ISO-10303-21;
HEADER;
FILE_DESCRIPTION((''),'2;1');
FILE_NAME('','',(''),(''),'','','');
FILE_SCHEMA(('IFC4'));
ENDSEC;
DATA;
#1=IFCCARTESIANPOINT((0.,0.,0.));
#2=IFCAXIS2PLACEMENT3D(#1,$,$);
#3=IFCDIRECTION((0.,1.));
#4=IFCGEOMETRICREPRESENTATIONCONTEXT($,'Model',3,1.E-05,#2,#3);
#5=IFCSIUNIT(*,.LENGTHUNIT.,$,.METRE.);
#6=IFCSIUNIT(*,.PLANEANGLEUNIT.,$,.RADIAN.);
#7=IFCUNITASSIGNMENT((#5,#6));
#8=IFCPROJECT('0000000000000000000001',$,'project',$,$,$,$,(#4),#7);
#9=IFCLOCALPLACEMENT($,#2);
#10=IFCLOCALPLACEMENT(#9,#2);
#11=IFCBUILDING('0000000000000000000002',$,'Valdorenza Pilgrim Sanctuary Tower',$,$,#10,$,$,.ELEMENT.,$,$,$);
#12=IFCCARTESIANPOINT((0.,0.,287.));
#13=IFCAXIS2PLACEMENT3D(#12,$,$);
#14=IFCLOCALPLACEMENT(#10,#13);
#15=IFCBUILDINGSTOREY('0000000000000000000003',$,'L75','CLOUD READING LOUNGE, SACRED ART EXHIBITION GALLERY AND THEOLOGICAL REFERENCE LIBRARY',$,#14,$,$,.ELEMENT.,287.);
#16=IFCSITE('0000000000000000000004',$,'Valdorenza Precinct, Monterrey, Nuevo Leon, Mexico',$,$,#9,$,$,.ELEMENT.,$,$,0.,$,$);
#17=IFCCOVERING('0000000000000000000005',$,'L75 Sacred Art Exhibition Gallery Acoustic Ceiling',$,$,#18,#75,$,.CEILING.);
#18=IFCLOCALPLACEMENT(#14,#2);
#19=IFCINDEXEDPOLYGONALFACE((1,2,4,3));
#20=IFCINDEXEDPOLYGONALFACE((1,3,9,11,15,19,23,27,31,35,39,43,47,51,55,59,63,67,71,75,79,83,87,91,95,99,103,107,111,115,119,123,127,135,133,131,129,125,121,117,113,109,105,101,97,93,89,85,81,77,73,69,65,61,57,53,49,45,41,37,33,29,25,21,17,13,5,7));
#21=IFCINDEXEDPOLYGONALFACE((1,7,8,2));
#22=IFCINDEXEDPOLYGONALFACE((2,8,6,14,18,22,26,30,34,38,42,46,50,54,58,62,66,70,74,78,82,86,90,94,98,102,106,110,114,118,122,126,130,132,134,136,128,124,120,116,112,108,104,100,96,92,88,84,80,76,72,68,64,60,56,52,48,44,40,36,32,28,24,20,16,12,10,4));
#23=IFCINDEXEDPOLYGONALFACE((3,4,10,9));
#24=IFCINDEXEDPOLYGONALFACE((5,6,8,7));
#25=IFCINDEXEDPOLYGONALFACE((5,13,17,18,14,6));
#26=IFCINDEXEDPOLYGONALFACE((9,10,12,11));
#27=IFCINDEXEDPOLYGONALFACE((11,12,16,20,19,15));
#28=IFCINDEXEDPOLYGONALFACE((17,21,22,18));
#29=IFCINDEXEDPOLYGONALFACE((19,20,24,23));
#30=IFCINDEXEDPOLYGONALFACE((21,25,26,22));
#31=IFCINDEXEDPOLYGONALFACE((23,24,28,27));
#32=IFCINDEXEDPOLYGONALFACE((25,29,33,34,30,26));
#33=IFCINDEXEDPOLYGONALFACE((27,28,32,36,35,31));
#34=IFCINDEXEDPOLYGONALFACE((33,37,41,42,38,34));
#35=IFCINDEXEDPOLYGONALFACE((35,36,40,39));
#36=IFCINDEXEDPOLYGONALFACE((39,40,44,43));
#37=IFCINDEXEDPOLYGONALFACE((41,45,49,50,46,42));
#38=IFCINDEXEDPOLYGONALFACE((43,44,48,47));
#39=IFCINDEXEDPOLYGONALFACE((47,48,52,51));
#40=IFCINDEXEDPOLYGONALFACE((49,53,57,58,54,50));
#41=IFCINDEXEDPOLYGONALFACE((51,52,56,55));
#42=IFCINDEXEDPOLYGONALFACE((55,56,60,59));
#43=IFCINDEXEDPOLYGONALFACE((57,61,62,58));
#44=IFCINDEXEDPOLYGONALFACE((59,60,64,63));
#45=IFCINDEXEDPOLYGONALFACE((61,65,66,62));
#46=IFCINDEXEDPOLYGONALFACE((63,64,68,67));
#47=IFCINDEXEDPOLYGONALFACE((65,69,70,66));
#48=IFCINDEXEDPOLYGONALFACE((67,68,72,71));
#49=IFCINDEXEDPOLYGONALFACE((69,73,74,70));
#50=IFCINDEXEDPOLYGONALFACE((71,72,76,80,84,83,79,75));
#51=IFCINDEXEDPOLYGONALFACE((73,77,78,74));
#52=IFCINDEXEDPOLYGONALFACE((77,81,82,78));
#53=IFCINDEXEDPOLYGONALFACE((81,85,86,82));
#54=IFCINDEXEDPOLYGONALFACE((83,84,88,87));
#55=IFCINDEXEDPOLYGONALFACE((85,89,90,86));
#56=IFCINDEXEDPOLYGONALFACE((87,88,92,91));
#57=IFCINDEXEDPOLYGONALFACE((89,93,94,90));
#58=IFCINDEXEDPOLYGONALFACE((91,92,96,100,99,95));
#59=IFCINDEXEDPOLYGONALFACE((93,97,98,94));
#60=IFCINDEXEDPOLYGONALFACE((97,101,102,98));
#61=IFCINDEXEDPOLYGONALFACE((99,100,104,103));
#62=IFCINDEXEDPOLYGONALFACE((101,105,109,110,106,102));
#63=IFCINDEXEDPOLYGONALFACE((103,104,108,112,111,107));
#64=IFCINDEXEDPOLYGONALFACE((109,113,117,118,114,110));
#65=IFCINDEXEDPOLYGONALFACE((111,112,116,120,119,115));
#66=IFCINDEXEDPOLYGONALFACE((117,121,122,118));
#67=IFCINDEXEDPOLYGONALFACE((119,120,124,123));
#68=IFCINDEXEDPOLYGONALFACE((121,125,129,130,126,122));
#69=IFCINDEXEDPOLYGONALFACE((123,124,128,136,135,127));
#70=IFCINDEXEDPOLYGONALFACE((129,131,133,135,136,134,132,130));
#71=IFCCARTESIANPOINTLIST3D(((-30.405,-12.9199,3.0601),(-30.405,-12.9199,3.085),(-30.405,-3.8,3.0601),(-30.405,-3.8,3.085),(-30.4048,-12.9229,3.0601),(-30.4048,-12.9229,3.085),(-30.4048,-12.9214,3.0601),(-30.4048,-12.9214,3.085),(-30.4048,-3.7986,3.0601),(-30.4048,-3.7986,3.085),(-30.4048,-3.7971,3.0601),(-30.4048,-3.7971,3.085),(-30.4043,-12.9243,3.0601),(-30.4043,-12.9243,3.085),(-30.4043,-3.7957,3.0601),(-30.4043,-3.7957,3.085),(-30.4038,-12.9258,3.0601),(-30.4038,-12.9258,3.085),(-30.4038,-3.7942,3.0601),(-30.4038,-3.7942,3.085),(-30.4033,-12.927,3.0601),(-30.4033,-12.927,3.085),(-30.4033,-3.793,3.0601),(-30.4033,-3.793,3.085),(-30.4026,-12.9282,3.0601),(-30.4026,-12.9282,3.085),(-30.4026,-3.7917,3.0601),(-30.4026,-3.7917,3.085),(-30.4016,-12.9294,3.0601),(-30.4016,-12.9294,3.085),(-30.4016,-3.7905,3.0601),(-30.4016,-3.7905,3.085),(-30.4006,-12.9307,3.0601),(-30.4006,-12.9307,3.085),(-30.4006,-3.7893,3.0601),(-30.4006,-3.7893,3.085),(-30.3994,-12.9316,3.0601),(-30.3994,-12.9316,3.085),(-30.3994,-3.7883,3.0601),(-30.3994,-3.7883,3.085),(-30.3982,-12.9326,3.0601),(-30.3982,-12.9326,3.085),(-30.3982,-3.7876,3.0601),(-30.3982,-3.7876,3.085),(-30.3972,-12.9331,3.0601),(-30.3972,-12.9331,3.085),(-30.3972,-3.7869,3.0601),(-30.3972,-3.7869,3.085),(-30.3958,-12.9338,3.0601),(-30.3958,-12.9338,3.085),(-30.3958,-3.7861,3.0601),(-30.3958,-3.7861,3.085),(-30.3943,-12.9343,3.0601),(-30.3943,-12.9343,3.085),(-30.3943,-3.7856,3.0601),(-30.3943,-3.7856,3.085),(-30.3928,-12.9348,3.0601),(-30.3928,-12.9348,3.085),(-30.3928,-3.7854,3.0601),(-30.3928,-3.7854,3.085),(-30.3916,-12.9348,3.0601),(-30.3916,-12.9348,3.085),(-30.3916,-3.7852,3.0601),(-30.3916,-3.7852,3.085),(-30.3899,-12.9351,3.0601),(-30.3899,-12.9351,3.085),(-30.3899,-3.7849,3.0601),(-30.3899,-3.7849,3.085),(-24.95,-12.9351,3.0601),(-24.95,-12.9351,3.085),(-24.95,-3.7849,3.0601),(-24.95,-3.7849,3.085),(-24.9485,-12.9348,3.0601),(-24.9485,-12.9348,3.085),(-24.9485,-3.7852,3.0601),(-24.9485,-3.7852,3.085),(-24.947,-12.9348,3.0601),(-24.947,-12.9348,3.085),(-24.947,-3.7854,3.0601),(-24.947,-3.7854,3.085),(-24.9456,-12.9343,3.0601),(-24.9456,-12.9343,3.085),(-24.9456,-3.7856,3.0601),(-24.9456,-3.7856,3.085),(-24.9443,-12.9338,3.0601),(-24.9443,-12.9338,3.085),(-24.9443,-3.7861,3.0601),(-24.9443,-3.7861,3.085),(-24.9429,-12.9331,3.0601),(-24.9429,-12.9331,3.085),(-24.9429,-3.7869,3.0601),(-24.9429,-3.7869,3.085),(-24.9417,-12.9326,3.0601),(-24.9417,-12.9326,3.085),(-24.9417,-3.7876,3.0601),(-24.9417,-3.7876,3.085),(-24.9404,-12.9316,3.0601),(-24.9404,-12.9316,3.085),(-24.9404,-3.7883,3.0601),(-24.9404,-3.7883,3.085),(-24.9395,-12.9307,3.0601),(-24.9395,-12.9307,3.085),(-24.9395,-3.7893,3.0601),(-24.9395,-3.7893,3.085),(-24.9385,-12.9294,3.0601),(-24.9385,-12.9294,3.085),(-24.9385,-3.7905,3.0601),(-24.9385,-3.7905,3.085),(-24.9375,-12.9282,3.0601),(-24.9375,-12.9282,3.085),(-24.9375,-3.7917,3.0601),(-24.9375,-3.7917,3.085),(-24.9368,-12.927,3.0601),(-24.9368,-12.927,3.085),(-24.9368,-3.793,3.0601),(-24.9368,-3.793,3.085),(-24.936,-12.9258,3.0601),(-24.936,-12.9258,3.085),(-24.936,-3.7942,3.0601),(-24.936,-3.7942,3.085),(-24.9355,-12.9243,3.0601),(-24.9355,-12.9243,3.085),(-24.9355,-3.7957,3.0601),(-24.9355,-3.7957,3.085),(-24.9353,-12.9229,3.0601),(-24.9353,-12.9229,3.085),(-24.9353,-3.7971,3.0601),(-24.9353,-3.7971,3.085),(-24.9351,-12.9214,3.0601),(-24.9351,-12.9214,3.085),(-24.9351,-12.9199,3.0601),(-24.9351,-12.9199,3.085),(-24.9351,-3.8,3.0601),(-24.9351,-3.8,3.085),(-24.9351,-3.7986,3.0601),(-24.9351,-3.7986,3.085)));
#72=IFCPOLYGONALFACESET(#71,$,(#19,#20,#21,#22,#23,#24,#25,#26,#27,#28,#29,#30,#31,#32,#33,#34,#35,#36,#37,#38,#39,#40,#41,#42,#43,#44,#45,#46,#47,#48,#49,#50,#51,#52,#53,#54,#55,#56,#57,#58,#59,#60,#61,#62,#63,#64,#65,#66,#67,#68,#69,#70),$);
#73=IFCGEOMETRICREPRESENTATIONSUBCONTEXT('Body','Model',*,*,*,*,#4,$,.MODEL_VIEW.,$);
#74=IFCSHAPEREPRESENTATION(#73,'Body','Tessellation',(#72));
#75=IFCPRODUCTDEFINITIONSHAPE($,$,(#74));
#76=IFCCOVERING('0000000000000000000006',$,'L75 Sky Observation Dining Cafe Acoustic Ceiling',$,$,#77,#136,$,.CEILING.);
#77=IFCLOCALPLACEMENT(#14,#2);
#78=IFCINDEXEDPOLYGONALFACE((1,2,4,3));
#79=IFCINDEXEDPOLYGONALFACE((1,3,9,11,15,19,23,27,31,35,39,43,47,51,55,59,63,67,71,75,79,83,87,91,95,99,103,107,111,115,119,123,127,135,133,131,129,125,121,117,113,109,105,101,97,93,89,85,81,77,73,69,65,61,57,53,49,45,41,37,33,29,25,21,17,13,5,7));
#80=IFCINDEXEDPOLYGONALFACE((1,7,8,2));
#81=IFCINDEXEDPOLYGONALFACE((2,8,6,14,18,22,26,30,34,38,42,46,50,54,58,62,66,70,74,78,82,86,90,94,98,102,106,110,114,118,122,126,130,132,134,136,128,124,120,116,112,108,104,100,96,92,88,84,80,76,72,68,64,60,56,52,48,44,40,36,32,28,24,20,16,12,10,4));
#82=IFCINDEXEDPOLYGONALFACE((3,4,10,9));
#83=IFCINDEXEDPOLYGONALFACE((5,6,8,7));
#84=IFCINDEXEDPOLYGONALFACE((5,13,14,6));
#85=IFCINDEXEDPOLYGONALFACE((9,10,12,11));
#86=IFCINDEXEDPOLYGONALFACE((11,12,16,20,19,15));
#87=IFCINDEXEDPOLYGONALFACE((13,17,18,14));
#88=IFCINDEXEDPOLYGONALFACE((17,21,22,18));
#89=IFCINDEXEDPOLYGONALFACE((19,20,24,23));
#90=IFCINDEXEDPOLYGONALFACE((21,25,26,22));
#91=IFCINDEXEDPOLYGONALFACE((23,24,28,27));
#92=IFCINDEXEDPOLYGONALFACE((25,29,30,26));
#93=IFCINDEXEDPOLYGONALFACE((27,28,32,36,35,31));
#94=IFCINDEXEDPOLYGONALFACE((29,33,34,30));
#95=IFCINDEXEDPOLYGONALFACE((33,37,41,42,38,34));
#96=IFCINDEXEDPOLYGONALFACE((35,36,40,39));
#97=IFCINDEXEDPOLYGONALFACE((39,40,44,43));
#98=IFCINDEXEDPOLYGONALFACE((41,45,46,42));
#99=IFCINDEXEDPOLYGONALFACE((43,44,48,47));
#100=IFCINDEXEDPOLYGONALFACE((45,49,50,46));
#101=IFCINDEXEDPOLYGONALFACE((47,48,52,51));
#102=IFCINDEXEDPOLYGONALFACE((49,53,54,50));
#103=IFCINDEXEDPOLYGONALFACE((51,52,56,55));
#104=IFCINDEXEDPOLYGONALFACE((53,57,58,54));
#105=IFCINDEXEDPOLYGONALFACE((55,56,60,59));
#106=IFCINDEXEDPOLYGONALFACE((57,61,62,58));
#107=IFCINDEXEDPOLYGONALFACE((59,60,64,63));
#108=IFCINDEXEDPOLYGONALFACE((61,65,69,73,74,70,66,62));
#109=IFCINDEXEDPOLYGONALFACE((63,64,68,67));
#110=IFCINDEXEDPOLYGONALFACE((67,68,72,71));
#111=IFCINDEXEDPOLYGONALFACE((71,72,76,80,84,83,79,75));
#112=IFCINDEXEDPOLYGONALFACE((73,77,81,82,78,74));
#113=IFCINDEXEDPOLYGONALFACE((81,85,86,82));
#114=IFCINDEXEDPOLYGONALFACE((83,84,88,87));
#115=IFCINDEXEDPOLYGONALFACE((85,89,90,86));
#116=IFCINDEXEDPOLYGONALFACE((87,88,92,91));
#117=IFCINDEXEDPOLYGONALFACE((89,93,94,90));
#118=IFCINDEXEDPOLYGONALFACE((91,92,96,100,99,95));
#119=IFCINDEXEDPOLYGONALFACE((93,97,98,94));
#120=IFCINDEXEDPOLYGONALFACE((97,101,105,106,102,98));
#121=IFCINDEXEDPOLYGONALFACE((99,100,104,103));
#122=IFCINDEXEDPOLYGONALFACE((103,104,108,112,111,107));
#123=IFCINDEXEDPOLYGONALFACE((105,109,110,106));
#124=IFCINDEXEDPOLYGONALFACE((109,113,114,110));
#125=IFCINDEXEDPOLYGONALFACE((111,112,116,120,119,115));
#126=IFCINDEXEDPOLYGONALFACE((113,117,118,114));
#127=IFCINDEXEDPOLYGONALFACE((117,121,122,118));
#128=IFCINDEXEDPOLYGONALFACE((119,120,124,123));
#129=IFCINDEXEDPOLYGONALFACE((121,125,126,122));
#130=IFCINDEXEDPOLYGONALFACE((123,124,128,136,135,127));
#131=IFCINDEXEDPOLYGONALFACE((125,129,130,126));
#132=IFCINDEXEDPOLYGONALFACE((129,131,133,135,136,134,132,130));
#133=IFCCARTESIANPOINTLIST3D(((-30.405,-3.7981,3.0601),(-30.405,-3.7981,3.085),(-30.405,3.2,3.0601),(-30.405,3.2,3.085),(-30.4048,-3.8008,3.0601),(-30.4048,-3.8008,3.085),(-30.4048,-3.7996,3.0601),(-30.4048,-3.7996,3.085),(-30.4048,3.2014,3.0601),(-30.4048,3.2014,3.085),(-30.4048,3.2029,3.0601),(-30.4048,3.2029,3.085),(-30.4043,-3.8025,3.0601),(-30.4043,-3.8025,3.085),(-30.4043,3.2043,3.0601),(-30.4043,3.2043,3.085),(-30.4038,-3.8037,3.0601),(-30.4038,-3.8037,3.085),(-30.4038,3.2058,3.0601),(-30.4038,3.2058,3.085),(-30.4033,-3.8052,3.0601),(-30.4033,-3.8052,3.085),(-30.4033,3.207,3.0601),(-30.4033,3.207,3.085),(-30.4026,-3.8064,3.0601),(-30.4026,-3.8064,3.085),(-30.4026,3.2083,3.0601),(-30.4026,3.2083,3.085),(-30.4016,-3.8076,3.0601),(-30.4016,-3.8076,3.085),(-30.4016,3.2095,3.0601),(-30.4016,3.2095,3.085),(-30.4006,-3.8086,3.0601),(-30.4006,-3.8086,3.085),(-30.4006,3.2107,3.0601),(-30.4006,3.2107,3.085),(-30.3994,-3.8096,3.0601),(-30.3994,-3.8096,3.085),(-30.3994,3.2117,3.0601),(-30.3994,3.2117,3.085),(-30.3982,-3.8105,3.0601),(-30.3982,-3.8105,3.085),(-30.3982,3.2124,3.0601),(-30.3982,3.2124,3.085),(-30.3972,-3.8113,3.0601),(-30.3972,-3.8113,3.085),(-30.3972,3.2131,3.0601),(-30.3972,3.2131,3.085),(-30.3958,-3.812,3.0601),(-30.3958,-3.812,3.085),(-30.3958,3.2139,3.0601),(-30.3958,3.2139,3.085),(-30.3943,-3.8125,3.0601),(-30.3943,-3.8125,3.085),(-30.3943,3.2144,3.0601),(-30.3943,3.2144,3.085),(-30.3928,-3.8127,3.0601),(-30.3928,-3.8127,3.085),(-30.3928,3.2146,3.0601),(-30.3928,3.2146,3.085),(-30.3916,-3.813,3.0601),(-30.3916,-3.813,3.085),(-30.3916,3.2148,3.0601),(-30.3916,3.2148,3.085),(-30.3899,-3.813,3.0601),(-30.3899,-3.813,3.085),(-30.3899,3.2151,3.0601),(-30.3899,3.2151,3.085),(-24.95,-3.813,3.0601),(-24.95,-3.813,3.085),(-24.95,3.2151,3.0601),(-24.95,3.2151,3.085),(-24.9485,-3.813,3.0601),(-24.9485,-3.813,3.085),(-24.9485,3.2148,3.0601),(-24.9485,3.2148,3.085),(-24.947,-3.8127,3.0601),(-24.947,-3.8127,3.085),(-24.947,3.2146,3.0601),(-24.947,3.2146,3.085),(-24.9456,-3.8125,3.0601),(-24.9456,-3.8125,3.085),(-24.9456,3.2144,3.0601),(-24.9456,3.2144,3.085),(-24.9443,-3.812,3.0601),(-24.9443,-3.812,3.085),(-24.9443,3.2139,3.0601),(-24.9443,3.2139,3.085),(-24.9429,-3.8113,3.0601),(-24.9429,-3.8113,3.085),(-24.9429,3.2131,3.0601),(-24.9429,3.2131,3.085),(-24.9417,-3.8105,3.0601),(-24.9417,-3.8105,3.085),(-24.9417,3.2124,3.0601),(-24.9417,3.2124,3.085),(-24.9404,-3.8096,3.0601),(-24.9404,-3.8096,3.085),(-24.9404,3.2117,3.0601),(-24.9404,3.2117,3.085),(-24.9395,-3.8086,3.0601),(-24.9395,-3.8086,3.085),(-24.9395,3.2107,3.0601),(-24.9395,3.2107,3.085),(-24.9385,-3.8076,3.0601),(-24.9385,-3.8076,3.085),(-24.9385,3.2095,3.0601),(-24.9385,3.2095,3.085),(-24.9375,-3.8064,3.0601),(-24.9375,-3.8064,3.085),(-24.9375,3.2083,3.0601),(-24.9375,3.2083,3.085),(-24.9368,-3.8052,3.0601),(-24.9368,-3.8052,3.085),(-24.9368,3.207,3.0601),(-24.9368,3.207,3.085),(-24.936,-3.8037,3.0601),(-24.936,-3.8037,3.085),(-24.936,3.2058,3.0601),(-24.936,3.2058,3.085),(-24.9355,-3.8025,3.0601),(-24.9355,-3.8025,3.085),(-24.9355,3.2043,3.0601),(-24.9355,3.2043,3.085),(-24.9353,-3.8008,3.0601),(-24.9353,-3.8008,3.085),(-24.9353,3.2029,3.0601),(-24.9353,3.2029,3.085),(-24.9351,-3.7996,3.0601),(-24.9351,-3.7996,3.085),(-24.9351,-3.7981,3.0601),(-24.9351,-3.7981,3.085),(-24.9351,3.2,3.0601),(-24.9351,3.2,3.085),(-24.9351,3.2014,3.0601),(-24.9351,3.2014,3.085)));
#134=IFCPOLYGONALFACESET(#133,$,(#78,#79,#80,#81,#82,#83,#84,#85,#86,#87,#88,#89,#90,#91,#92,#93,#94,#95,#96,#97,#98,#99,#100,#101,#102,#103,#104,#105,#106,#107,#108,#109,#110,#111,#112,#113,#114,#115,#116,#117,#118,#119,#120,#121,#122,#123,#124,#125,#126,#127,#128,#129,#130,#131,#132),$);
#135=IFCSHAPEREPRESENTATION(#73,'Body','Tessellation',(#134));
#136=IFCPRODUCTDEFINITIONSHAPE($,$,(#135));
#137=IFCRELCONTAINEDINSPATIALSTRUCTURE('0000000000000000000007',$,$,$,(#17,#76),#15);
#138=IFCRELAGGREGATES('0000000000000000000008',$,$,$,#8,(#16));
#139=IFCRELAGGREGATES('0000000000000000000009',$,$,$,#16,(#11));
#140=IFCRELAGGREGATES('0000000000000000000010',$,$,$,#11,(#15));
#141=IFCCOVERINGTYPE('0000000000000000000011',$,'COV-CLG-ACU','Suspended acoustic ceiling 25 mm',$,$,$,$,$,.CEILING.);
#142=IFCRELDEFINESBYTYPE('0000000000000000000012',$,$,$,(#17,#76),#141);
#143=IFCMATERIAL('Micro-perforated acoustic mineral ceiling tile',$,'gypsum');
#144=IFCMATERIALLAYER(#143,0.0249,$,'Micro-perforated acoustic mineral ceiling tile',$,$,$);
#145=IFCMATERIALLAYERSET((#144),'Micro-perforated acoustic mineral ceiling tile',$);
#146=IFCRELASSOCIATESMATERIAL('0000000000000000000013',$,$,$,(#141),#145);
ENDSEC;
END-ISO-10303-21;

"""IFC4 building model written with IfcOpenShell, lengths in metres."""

from ifc_helpers import new_model, si_unit, direction, frame, origin, place, context, subcontext, project, spatial, polyline, outline, extrude, material, layer, layer_set, type_object, element, save


model = new_model("IFC4")

# Units and contexts
model_context = context("Model", 3, precision=1e-05, world=origin(), true_north=direction((0.0, 1.0)))
body_context = subcontext(model_context, "Body", "Model", "MODEL_VIEW")
ifc_project = project(units=[si_unit("LENGTHUNIT", "METRE"), si_unit("PLANEANGLEUNIT", "RADIAN")], contexts=[model_context])

# Site, building, storey
site_placement = place(None, origin())
site = spatial("IfcSite", under=ifc_project, at=site_placement, Name="Valdorenza Precinct, Monterrey, Nuevo Leon, Mexico", CompositionType="ELEMENT", RefElevation=0.0)
building_placement = place(site_placement, origin())
building = spatial("IfcBuilding", under=site, at=building_placement, Name="Valdorenza Pilgrim Sanctuary Tower", CompositionType="ELEMENT")
storey_placement = place(building_placement, frame((0.0, 0.0, 287.0)))
storey = spatial("IfcBuildingStorey", under=building, at=storey_placement, Name="L75", Description="CLOUD READING LOUNGE, SACRED ART EXHIBITION GALLERY AND THEOLOGICAL REFERENCE LIBRARY", CompositionType="ELEMENT", Elevation=287.0)

# Coverings
ifc_material_1 = material(Name="Micro-perforated acoustic mineral ceiling tile", Category="gypsum")
ifc_layer_1 = layer(ifc_material_1, 0.0249, Name="Micro-perforated acoustic mineral ceiling tile")
ifc_layer_set_1 = layer_set([ifc_layer_1], Name="Micro-perforated acoustic mineral ceiling tile")
covering_type_1 = type_object("IfcCoveringType", Name="COV-CLG-ACU", Description="Suspended acoustic ceiling 25 mm", PredefinedType="CEILING", material=ifc_layer_set_1)
covering_1_placement = place(storey_placement, frame((0.0, 0.0, 3.0601)))
element("IfcCovering", 1, at=covering_1_placement, inside=storey, type_object=covering_type_1, Name="L75 Sacred Art Exhibition Gallery Acoustic Ceiling", PredefinedType="CEILING", context=body_context, shape_type="SweptSolid", body=[
    extrude(outline(polyline([(-24.9351, -12.9199), (-24.9351, -12.9214), (-24.9353, -12.9229), (-24.9355, -12.9243), (-24.936, -12.9258), (-24.9368, -12.927), (-24.9375, -12.9282), (-24.9385, -12.9294), (-24.9395, -12.9307), (-24.9404, -12.9316), (-24.9417, -12.9326), (-24.9429, -12.9331), (-24.9443, -12.9338), (-24.9456, -12.9343), (-24.947, -12.9348), (-24.9485, -12.9348), (-24.95, -12.9351), (-30.3899, -12.9351), (-30.3916, -12.9348), (-30.3928, -12.9348), (-30.3943, -12.9343), (-30.3958, -12.9338), (-30.3972, -12.9331), (-30.3982, -12.9326), (-30.3994, -12.9316), (-30.4006, -12.9307), (-30.4016, -12.9294), (-30.4026, -12.9282), (-30.4033, -12.927), (-30.4038, -12.9258), (-30.4043, -12.9243), (-30.4048, -12.9229), (-30.4048, -12.9214), (-30.405, -12.9199), (-30.405, -3.8), (-30.4048, -3.7986), (-30.4048, -3.7971), (-30.4043, -3.7957), (-30.4038, -3.7942), (-30.4033, -3.793), (-30.4026, -3.7917), (-30.4016, -3.7905), (-30.4006, -3.7893), (-30.3994, -3.7883), (-30.3982, -3.7876), (-30.3972, -3.7869), (-30.3958, -3.7861), (-30.3943, -3.7856), (-30.3928, -3.7854), (-30.3916, -3.7852), (-30.3899, -3.7849), (-24.95, -3.7849), (-24.9485, -3.7852), (-24.947, -3.7854), (-24.9456, -3.7856), (-24.9443, -3.7861), (-24.9429, -3.7869), (-24.9417, -3.7876), (-24.9404, -3.7883), (-24.9395, -3.7893), (-24.9385, -3.7905), (-24.9375, -3.7917), (-24.9368, -3.793), (-24.936, -3.7942), (-24.9355, -3.7957), (-24.9353, -3.7971), (-24.9351, -3.7986), (-24.9351, -3.8), (-24.9351, -12.9199)])), origin(), (0.0, 0.0, 1.0), 0.0249),
])
covering_2_placement = place(storey_placement, frame((0.0, 0.0, 3.0601)))
element("IfcCovering", 2, at=covering_2_placement, inside=storey, type_object=covering_type_1, Name="L75 Sky Observation Dining Cafe Acoustic Ceiling", PredefinedType="CEILING", context=body_context, shape_type="SweptSolid", body=[
    extrude(outline(polyline([(-24.9351, -3.7981), (-24.9351, -3.7996), (-24.9353, -3.8008), (-24.9355, -3.8025), (-24.936, -3.8037), (-24.9368, -3.8052), (-24.9375, -3.8064), (-24.9385, -3.8076), (-24.9395, -3.8086), (-24.9404, -3.8096), (-24.9417, -3.8105), (-24.9429, -3.8113), (-24.9443, -3.812), (-24.9456, -3.8125), (-24.947, -3.8127), (-24.9485, -3.813), (-24.95, -3.813), (-30.3899, -3.813), (-30.3916, -3.813), (-30.3928, -3.8127), (-30.3943, -3.8125), (-30.3958, -3.812), (-30.3972, -3.8113), (-30.3982, -3.8105), (-30.3994, -3.8096), (-30.4006, -3.8086), (-30.4016, -3.8076), (-30.4026, -3.8064), (-30.4033, -3.8052), (-30.4038, -3.8037), (-30.4043, -3.8025), (-30.4048, -3.8008), (-30.4048, -3.7996), (-30.405, -3.7981), (-30.405, 3.2), (-30.4048, 3.2014), (-30.4048, 3.2029), (-30.4043, 3.2043), (-30.4038, 3.2058), (-30.4033, 3.207), (-30.4026, 3.2083), (-30.4016, 3.2095), (-30.4006, 3.2107), (-30.3994, 3.2117), (-30.3982, 3.2124), (-30.3972, 3.2131), (-30.3958, 3.2139), (-30.3943, 3.2144), (-30.3928, 3.2146), (-30.3916, 3.2148), (-30.3899, 3.2151), (-24.95, 3.2151), (-24.9485, 3.2148), (-24.947, 3.2146), (-24.9456, 3.2144), (-24.9443, 3.2139), (-24.9429, 3.2131), (-24.9417, 3.2124), (-24.9404, 3.2117), (-24.9395, 3.2107), (-24.9385, 3.2095), (-24.9375, 3.2083), (-24.9368, 3.207), (-24.936, 3.2058), (-24.9355, 3.2043), (-24.9353, 3.2029), (-24.9351, 3.2014), (-24.9351, 3.2), (-24.9351, -3.7981)])), origin(), (0.0, 0.0, 1.0), 0.0249),
])

save(model, "model.ifc")
